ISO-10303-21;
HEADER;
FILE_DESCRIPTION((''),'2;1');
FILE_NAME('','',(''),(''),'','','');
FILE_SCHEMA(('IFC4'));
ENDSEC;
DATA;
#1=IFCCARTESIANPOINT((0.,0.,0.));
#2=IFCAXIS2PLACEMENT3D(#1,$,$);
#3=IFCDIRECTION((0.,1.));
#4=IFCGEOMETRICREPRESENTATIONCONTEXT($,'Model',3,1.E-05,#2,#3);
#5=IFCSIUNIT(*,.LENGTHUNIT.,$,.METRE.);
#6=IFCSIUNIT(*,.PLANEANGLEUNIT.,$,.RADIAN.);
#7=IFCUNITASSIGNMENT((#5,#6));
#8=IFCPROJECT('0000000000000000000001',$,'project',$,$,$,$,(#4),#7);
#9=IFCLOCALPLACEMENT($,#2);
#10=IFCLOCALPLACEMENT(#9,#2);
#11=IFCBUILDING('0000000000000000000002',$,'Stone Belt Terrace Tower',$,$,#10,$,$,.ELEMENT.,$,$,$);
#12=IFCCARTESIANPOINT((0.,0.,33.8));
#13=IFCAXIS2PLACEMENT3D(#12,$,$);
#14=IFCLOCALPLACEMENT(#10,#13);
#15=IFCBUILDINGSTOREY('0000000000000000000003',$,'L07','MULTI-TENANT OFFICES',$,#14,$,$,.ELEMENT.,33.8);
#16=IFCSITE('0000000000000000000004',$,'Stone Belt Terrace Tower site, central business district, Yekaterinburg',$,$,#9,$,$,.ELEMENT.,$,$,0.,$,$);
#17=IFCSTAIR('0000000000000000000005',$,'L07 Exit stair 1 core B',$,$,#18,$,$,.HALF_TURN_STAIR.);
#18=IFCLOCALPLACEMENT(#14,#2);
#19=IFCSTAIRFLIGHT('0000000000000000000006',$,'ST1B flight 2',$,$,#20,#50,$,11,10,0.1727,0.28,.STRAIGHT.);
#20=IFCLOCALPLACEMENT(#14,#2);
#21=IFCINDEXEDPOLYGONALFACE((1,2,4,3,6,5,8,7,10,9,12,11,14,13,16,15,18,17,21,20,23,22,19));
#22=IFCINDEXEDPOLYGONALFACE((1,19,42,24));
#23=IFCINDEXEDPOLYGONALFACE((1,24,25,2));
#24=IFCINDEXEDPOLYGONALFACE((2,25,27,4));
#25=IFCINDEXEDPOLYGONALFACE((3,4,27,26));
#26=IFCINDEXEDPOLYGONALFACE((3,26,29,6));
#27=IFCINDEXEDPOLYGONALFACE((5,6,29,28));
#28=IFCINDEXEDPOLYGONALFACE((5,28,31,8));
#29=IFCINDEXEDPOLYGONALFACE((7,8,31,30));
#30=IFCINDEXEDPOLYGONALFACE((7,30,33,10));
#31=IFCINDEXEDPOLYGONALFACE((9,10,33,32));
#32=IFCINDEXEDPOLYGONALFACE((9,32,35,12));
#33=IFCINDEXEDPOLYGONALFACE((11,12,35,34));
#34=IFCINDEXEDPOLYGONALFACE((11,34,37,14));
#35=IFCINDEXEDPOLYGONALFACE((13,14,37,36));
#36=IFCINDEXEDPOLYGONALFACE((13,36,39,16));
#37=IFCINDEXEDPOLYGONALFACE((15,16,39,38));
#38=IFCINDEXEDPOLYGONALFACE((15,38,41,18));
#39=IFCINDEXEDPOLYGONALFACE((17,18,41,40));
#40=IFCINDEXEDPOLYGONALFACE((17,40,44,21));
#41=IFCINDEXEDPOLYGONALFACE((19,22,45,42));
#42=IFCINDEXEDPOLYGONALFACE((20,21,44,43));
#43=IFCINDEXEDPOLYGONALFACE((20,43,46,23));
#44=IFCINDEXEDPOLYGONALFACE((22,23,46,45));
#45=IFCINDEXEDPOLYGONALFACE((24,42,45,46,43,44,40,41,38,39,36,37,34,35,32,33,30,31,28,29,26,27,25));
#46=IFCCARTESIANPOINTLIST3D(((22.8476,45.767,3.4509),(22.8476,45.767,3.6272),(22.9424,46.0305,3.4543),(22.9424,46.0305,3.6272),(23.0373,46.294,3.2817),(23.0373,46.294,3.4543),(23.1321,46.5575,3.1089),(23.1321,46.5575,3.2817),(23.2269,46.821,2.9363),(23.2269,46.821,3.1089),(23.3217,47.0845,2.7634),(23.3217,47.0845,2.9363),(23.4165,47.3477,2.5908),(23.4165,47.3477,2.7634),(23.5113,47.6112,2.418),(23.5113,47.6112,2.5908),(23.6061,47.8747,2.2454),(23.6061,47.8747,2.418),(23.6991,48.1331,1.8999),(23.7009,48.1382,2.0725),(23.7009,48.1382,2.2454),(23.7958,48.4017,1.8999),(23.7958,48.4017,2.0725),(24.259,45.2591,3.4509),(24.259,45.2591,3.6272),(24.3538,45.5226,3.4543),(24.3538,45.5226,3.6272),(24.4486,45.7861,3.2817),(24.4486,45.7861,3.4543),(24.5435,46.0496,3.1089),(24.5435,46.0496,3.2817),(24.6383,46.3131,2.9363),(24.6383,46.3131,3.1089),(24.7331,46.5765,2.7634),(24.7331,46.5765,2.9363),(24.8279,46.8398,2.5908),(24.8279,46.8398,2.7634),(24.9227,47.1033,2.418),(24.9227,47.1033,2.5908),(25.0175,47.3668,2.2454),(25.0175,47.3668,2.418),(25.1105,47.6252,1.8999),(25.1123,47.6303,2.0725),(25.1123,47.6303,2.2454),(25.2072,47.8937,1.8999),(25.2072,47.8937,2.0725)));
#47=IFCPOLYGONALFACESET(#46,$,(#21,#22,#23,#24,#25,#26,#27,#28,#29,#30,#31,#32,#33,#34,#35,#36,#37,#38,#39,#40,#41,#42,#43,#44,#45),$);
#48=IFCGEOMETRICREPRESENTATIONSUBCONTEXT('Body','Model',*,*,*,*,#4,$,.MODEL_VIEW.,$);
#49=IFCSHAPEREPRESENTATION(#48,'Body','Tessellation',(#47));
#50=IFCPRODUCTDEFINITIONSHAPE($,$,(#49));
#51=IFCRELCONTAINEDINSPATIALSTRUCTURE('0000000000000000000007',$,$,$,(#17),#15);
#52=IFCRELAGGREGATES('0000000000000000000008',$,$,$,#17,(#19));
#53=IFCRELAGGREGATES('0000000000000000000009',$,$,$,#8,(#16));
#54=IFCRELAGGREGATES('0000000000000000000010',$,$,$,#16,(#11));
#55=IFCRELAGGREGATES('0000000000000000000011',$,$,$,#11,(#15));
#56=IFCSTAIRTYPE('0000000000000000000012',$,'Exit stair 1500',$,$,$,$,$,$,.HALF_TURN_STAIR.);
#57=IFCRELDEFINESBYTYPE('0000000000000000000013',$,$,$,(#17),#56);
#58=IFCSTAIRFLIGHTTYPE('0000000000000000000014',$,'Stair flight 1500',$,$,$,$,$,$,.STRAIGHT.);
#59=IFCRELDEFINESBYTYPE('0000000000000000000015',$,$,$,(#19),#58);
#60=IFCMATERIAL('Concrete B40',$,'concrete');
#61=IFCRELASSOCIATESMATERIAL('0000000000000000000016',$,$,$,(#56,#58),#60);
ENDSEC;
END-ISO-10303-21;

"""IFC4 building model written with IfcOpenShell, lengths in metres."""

from ifc_helpers import new_model, si_unit, direction, frame, origin, place, context, subcontext, project, spatial, polyline, outline, extrude, material, type_object, element, aggregate, save


model = new_model("IFC4")

# Units and contexts
model_context = context("Model", 3, precision=1e-05, world=origin(), true_north=direction((0.0, 1.0)))
body_context = subcontext(model_context, "Body", "Model", "MODEL_VIEW")
ifc_project = project(units=[si_unit("LENGTHUNIT", "METRE"), si_unit("PLANEANGLEUNIT", "RADIAN")], contexts=[model_context])

# Site, building, storey
site_placement = place(None, origin())
site = spatial("IfcSite", under=ifc_project, at=site_placement, Name="Stone Belt Terrace Tower site, central business district, Yekaterinburg", CompositionType="ELEMENT", RefElevation=0.0)
building_placement = place(site_placement, origin())
building = spatial("IfcBuilding", under=site, at=building_placement, Name="Stone Belt Terrace Tower", CompositionType="ELEMENT")
storey_placement = place(building_placement, frame((0.0, 0.0, 33.8)))
storey = spatial("IfcBuildingStorey", under=building, at=storey_placement, Name="L07", Description="MULTI-TENANT OFFICES", CompositionType="ELEMENT", Elevation=33.8)

# Stair, stair flight
ifc_material_1 = material(Name="Concrete B40", Category="concrete")
stair_type = type_object("IfcStairType", Name="Exit stair 1500", PredefinedType="HALF_TURN_STAIR", material=ifc_material_1)
stair_placement = place(storey_placement, origin())
stair = element("IfcStair", 1, at=stair_placement, inside=storey, type_object=stair_type, Name="L07 Exit stair 1 core B", PredefinedType="HALF_TURN_STAIR")
stair_flight_type = type_object("IfcStairFlightType", Name="Stair flight 1500", PredefinedType="STRAIGHT", material=ifc_material_1)
stair_flight_1_placement = place(storey_placement, frame((24.5015, 48.1477, 1.8999), z_axis=(0.0, 0.0, 1.0), x_axis=(-0.338624, -0.940922, 0.0)))
stair_flight_1 = element("IfcStairFlight", 2, at=stair_flight_1_placement, type_object=stair_flight_type, Name="ST1B flight 2", NumberOfRisers=11, NumberOfTreads=10, PredefinedType="STRAIGHT", RiserHeight=0.1727, TreadLength=0.28, context=body_context, shape_type="SweptSolid", body=[
    extrude(outline(polyline([(0.0, 0.0), (0.0, 0.1726), (0.28, 0.1726), (0.28, 0.3455), (0.5601, 0.3455), (0.5601, 0.5181), (0.8401, 0.5181), (0.8401, 0.6909), (1.1201, 0.6909), (1.1201, 0.8635), (1.3999, 0.8635), (1.3999, 1.0364), (1.6799, 1.0364), (1.6799, 1.209), (1.96, 1.209), (1.96, 1.3818), (2.24, 1.3818), (2.24, 1.5544), (2.52, 1.5544), (2.52, 1.7273), (2.8, 1.7273), (2.8, 1.8999), (2.8, 1.551), (0.2854, 0.0), (0.0, 0.0)])), frame((0.0, 0.75, 0.0), z_axis=(0.0, -1.0, 0.0), x_axis=(1.0, 0.0, 0.0)), (0.0, 0.0, 1.0), 1.5),
])
aggregate(stair, [stair_flight_1])

save(model, "model.ifc")
